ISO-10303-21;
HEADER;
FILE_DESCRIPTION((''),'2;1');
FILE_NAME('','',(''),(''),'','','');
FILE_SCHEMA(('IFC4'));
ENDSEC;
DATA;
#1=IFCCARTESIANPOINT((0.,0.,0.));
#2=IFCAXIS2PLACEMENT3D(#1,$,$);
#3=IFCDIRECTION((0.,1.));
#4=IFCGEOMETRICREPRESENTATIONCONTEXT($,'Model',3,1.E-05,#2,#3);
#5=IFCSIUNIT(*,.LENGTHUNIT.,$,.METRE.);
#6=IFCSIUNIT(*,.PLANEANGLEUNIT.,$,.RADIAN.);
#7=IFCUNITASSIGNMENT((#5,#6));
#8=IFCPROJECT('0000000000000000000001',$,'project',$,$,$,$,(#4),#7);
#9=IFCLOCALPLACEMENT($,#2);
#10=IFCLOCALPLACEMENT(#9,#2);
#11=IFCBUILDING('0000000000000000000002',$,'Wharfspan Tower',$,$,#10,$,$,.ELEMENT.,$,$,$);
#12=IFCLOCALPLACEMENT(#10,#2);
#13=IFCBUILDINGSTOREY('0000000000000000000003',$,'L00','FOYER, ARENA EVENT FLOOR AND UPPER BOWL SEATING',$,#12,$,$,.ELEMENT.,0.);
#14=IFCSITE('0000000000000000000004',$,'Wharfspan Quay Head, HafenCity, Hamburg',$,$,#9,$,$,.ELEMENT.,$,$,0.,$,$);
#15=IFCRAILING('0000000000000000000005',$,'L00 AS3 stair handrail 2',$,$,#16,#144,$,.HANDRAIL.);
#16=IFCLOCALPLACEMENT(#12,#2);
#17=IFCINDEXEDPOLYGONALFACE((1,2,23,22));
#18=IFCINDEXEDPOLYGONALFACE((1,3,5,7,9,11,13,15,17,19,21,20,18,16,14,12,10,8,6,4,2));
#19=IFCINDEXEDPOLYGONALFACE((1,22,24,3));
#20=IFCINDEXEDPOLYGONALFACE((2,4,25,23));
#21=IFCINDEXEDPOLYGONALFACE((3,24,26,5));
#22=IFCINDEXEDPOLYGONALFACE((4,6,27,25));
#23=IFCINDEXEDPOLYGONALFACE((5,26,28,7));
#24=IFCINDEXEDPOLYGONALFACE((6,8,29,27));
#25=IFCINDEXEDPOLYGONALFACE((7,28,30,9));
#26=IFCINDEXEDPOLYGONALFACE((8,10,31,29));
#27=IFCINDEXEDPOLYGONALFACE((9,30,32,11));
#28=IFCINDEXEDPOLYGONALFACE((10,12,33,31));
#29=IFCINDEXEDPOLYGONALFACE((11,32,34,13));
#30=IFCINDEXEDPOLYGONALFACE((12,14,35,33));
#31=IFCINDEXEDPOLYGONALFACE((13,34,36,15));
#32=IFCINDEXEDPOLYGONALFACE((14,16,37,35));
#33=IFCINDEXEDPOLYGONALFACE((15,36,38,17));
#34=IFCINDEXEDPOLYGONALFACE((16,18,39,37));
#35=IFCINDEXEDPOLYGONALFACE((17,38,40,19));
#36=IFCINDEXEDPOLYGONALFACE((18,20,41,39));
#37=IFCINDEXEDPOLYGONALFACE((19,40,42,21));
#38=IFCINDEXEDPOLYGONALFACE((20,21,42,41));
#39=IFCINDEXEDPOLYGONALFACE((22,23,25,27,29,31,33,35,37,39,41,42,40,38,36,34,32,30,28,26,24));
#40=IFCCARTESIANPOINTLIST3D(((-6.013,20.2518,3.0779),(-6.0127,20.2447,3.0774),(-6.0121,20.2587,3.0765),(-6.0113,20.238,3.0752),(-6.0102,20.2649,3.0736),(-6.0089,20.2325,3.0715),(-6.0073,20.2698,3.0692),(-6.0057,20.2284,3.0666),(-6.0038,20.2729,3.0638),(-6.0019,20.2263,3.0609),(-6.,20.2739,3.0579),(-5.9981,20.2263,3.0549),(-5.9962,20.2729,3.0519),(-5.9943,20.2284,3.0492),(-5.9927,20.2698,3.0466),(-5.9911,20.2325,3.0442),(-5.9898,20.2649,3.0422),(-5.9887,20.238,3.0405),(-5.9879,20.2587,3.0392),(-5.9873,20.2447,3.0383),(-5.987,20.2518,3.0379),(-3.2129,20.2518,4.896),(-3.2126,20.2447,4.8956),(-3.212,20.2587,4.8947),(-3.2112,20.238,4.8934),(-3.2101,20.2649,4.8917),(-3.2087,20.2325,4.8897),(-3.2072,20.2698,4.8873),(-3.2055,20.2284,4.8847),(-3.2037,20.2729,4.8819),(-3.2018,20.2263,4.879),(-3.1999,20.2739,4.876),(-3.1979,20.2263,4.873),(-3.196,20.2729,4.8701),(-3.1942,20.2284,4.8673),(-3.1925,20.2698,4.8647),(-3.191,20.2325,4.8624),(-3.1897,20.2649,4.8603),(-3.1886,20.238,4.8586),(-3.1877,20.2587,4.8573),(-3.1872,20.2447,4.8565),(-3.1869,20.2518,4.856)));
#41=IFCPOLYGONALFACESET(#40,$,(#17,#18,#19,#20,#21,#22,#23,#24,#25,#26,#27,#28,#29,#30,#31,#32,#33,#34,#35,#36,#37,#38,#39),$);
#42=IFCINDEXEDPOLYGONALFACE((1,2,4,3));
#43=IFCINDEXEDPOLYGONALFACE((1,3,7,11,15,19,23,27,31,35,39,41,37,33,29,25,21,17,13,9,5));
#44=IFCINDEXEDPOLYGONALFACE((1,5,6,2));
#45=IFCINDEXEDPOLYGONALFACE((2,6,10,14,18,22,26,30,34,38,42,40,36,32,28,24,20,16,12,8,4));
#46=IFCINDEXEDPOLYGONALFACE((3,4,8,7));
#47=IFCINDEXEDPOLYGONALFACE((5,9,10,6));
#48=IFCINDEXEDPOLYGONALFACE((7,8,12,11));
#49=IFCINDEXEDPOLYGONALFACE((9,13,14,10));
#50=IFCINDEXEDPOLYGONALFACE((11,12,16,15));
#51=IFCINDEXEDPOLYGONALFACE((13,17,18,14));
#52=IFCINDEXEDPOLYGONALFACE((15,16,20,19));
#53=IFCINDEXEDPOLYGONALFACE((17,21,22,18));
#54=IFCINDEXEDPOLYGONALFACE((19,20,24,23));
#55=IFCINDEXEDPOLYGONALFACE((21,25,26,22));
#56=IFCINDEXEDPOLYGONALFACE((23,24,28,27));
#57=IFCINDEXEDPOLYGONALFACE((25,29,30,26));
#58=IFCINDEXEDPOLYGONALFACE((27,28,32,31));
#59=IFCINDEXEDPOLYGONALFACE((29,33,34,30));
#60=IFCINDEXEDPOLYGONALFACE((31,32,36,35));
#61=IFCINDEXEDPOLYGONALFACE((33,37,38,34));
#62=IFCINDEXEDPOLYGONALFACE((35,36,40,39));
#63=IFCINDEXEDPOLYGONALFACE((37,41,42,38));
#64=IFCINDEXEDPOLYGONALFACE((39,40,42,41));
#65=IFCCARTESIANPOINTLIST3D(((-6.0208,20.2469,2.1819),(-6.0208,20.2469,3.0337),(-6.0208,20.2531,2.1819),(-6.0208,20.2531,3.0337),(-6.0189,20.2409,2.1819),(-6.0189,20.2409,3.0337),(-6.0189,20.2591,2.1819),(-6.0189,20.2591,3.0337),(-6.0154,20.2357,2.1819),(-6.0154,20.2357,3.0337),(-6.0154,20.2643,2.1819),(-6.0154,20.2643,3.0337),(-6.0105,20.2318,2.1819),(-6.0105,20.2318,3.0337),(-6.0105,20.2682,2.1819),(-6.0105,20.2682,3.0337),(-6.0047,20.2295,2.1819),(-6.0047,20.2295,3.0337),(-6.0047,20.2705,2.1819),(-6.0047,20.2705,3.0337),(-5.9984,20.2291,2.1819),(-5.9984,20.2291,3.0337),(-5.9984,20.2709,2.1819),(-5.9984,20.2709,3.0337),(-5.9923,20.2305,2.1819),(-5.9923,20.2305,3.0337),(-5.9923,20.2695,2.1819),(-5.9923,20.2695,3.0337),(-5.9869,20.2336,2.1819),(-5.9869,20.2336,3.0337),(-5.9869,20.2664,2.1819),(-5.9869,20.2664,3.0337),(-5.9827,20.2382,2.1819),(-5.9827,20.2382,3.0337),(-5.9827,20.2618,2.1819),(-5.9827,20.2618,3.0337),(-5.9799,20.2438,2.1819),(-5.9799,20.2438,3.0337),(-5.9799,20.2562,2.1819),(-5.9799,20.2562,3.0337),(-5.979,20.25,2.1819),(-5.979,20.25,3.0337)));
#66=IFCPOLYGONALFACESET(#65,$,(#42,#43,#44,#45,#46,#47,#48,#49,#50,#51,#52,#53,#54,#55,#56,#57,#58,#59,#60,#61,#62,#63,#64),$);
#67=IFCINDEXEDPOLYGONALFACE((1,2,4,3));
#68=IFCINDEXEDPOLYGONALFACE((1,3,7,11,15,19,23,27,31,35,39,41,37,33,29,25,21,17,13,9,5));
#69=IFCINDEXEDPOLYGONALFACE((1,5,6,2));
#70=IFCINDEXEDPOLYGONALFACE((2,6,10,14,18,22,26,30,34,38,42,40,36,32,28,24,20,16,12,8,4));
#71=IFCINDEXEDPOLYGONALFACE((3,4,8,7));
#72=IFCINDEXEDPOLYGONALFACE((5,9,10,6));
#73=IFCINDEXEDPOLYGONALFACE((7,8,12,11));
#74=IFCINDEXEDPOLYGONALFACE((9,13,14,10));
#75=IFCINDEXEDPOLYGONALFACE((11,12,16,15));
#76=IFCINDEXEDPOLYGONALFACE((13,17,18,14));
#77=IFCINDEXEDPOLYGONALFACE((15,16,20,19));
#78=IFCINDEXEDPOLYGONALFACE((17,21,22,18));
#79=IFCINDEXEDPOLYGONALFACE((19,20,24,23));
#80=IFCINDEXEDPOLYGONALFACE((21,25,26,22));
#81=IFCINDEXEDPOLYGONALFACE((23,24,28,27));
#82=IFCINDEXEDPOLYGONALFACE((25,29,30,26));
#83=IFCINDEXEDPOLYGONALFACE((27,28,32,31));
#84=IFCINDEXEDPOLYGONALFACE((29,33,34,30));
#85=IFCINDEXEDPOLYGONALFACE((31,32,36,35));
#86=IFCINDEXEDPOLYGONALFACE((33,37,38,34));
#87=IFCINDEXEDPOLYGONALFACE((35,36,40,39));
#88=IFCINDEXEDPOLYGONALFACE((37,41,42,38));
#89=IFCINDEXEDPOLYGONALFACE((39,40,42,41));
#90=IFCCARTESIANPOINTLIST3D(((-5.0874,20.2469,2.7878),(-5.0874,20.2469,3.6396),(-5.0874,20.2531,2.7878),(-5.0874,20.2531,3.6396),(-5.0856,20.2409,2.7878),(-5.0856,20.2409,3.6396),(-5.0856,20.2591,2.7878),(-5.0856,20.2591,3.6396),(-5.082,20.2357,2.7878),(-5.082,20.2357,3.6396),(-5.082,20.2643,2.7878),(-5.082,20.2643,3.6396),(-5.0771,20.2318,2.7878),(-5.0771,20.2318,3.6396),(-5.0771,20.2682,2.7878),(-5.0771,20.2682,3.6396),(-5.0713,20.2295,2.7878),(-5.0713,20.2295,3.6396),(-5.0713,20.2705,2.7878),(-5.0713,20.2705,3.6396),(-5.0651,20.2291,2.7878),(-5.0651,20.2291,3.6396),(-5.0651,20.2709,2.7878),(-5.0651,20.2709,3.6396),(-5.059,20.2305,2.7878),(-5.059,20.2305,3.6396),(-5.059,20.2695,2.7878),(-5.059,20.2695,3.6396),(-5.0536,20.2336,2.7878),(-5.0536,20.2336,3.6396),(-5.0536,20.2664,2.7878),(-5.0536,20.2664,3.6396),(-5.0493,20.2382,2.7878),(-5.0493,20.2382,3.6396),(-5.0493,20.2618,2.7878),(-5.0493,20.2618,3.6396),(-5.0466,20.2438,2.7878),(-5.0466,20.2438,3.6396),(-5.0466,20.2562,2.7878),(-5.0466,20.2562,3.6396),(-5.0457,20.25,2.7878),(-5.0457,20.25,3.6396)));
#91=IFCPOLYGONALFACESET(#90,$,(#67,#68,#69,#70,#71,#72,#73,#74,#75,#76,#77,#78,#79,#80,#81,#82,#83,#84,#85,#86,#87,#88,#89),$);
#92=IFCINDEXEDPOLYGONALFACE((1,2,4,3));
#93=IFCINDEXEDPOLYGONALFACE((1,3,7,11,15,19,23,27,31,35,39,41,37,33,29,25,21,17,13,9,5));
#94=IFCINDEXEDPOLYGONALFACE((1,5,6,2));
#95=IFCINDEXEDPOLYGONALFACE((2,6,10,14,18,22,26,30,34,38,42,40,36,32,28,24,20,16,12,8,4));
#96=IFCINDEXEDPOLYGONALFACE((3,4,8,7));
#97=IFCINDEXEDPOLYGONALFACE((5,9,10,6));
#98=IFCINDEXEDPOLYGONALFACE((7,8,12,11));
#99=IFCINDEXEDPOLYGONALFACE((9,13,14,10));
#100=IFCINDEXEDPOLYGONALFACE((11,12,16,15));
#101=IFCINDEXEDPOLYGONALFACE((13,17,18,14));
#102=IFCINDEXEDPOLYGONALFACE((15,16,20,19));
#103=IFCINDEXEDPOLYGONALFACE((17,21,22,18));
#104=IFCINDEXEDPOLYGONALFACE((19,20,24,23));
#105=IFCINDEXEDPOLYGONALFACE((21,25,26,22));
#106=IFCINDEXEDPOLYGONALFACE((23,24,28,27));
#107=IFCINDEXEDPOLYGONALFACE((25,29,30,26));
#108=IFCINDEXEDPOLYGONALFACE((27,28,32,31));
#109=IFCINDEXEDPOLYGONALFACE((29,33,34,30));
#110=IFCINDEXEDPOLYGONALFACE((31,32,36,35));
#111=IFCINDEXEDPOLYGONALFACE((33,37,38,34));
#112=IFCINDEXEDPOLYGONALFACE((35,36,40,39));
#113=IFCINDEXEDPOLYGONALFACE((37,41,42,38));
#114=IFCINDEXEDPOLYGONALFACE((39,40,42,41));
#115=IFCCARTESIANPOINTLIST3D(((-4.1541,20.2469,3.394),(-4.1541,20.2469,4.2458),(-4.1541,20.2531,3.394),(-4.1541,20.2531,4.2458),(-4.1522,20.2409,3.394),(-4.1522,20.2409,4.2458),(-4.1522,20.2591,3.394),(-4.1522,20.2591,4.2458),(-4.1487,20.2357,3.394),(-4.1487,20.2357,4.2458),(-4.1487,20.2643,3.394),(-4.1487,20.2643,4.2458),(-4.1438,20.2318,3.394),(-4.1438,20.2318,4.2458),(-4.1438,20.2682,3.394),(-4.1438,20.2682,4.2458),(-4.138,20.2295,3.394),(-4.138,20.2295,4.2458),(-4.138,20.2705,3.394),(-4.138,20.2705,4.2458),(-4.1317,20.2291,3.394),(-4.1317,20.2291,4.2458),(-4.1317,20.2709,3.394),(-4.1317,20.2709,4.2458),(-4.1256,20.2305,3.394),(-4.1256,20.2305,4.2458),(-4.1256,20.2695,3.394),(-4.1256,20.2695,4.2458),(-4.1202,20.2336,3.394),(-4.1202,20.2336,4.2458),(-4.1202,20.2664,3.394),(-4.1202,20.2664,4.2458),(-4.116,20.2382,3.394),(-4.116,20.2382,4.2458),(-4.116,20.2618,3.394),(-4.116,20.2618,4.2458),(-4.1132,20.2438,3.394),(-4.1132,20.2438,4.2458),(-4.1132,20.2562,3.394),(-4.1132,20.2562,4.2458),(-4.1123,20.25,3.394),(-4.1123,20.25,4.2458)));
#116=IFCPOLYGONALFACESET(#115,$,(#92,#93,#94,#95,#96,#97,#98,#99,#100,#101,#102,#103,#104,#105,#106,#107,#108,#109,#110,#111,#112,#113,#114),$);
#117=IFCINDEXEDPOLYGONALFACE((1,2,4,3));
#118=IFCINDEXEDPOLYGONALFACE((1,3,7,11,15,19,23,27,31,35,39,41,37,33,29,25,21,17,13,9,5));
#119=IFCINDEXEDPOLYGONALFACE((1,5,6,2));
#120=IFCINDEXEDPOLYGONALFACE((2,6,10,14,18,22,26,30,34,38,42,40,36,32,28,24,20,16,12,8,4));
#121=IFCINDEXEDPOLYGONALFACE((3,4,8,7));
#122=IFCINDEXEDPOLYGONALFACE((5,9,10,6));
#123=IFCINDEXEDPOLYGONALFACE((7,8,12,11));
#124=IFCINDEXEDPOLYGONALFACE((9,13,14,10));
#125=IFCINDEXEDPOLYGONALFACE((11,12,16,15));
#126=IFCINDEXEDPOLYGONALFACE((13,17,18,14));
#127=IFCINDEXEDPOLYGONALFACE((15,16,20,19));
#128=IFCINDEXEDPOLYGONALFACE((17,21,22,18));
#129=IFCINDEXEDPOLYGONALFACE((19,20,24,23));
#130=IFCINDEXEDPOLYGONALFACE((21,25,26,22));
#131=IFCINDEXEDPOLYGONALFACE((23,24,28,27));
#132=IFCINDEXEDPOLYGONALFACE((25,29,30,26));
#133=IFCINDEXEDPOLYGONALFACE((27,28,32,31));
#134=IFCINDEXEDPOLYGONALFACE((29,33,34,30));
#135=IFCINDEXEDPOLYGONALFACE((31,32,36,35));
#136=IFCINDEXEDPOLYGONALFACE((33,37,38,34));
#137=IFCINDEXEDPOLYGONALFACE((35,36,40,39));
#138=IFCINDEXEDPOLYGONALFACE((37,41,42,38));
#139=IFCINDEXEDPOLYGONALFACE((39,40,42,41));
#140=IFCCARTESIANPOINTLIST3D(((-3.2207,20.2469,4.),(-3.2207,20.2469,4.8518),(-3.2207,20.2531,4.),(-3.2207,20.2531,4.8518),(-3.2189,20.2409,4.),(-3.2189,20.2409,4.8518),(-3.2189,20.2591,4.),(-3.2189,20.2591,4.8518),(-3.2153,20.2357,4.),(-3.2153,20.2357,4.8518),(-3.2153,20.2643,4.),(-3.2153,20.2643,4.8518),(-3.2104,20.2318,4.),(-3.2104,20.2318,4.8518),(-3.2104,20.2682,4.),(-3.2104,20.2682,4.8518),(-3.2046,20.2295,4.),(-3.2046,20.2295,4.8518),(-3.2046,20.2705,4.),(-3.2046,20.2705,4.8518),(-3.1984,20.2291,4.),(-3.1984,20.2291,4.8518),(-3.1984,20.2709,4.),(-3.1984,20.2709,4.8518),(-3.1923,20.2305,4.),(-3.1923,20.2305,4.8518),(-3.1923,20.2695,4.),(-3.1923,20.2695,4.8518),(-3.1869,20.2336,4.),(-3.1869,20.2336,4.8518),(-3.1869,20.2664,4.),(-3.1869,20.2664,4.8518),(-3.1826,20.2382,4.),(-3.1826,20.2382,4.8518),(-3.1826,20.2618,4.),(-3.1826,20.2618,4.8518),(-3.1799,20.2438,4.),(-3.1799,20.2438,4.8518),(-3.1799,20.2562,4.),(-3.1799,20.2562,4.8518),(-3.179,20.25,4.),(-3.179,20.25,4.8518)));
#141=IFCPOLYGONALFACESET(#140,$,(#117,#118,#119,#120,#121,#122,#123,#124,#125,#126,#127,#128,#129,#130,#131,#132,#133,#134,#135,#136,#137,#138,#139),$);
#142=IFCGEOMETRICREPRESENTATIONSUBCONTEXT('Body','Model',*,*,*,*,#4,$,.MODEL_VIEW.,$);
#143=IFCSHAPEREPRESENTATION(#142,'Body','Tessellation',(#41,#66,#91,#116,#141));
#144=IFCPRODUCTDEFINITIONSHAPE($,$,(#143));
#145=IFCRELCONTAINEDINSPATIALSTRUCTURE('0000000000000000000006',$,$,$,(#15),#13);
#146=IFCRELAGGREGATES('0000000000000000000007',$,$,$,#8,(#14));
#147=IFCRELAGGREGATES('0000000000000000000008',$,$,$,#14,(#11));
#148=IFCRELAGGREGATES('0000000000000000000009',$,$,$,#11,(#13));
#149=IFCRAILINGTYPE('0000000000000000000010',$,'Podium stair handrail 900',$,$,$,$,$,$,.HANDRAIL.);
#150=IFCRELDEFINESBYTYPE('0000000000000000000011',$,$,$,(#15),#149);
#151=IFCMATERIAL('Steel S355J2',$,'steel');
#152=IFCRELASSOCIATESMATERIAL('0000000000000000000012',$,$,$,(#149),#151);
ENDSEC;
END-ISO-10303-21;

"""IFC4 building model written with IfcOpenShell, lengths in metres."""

from ifc_helpers import new_model, si_unit, direction, frame, origin, origin_2d, place, context, subcontext, project, spatial, circle, extrude, material, type_object, element, save


model = new_model("IFC4")

# Units and contexts
model_context = context("Model", 3, precision=1e-05, world=origin(), true_north=direction((0.0, 1.0)))
body_context = subcontext(model_context, "Body", "Model", "MODEL_VIEW")
ifc_project = project(units=[si_unit("LENGTHUNIT", "METRE"), si_unit("PLANEANGLEUNIT", "RADIAN")], contexts=[model_context])

# Site, building, storey
site_placement = place(None, origin())
site = spatial("IfcSite", under=ifc_project, at=site_placement, Name="Wharfspan Quay Head, HafenCity, Hamburg", CompositionType="ELEMENT", RefElevation=0.0)
building_placement = place(site_placement, origin())
building = spatial("IfcBuilding", under=site, at=building_placement, Name="Wharfspan Tower", CompositionType="ELEMENT")
storey_placement = place(building_placement, origin())
storey = spatial("IfcBuildingStorey", under=building, at=storey_placement, Name="L00", Description="FOYER, ARENA EVENT FLOOR AND UPPER BOWL SEATING", CompositionType="ELEMENT", Elevation=0.0)

# Shared definitions
ifc_material_1 = material(Name="Steel S355J2", Category="steel")

# Railing
railing_type_1 = type_object("IfcRailingType", Name="Podium stair handrail 900", PredefinedType="HANDRAIL", material=ifc_material_1)
for number, where, name in (
    (1, (-6.0, 20.25, 2.1819), "L00 AS3 stair handrail 2"),
):
    element("IfcRailing", number, at=place(storey_placement, frame(where)), inside=storey, type_object=railing_type_1, Name=name, PredefinedType="HANDRAIL", context=body_context, shape_type="SweptSolid", body=[
        extrude(circle(Radius=0.0239, at=origin_2d()), frame((0.0, 0.0, 0.876), z_axis=(0.838706, 0.0, 0.544585), x_axis=(0.0, 1.0, 0.0)), (0.0, 0.0, 1.0), 3.3386),
        extrude(circle(Radius=0.021, at=origin_2d()), origin(), (0.0, 0.0, 1.0), 0.8518),
        extrude(circle(Radius=0.021, at=origin_2d()), frame((0.9334, 0.0, 0.606)), (0.0, 0.0, 1.0), 0.8518),
        extrude(circle(Radius=0.021, at=origin_2d()), frame((1.8667, 0.0, 1.2122)), (0.0, 0.0, 1.0), 0.8518),
        extrude(circle(Radius=0.021, at=origin_2d()), frame((2.8, 0.0, 1.8181)), (0.0, 0.0, 1.0), 0.8518),
    ])

save(model, "model.ifc")
